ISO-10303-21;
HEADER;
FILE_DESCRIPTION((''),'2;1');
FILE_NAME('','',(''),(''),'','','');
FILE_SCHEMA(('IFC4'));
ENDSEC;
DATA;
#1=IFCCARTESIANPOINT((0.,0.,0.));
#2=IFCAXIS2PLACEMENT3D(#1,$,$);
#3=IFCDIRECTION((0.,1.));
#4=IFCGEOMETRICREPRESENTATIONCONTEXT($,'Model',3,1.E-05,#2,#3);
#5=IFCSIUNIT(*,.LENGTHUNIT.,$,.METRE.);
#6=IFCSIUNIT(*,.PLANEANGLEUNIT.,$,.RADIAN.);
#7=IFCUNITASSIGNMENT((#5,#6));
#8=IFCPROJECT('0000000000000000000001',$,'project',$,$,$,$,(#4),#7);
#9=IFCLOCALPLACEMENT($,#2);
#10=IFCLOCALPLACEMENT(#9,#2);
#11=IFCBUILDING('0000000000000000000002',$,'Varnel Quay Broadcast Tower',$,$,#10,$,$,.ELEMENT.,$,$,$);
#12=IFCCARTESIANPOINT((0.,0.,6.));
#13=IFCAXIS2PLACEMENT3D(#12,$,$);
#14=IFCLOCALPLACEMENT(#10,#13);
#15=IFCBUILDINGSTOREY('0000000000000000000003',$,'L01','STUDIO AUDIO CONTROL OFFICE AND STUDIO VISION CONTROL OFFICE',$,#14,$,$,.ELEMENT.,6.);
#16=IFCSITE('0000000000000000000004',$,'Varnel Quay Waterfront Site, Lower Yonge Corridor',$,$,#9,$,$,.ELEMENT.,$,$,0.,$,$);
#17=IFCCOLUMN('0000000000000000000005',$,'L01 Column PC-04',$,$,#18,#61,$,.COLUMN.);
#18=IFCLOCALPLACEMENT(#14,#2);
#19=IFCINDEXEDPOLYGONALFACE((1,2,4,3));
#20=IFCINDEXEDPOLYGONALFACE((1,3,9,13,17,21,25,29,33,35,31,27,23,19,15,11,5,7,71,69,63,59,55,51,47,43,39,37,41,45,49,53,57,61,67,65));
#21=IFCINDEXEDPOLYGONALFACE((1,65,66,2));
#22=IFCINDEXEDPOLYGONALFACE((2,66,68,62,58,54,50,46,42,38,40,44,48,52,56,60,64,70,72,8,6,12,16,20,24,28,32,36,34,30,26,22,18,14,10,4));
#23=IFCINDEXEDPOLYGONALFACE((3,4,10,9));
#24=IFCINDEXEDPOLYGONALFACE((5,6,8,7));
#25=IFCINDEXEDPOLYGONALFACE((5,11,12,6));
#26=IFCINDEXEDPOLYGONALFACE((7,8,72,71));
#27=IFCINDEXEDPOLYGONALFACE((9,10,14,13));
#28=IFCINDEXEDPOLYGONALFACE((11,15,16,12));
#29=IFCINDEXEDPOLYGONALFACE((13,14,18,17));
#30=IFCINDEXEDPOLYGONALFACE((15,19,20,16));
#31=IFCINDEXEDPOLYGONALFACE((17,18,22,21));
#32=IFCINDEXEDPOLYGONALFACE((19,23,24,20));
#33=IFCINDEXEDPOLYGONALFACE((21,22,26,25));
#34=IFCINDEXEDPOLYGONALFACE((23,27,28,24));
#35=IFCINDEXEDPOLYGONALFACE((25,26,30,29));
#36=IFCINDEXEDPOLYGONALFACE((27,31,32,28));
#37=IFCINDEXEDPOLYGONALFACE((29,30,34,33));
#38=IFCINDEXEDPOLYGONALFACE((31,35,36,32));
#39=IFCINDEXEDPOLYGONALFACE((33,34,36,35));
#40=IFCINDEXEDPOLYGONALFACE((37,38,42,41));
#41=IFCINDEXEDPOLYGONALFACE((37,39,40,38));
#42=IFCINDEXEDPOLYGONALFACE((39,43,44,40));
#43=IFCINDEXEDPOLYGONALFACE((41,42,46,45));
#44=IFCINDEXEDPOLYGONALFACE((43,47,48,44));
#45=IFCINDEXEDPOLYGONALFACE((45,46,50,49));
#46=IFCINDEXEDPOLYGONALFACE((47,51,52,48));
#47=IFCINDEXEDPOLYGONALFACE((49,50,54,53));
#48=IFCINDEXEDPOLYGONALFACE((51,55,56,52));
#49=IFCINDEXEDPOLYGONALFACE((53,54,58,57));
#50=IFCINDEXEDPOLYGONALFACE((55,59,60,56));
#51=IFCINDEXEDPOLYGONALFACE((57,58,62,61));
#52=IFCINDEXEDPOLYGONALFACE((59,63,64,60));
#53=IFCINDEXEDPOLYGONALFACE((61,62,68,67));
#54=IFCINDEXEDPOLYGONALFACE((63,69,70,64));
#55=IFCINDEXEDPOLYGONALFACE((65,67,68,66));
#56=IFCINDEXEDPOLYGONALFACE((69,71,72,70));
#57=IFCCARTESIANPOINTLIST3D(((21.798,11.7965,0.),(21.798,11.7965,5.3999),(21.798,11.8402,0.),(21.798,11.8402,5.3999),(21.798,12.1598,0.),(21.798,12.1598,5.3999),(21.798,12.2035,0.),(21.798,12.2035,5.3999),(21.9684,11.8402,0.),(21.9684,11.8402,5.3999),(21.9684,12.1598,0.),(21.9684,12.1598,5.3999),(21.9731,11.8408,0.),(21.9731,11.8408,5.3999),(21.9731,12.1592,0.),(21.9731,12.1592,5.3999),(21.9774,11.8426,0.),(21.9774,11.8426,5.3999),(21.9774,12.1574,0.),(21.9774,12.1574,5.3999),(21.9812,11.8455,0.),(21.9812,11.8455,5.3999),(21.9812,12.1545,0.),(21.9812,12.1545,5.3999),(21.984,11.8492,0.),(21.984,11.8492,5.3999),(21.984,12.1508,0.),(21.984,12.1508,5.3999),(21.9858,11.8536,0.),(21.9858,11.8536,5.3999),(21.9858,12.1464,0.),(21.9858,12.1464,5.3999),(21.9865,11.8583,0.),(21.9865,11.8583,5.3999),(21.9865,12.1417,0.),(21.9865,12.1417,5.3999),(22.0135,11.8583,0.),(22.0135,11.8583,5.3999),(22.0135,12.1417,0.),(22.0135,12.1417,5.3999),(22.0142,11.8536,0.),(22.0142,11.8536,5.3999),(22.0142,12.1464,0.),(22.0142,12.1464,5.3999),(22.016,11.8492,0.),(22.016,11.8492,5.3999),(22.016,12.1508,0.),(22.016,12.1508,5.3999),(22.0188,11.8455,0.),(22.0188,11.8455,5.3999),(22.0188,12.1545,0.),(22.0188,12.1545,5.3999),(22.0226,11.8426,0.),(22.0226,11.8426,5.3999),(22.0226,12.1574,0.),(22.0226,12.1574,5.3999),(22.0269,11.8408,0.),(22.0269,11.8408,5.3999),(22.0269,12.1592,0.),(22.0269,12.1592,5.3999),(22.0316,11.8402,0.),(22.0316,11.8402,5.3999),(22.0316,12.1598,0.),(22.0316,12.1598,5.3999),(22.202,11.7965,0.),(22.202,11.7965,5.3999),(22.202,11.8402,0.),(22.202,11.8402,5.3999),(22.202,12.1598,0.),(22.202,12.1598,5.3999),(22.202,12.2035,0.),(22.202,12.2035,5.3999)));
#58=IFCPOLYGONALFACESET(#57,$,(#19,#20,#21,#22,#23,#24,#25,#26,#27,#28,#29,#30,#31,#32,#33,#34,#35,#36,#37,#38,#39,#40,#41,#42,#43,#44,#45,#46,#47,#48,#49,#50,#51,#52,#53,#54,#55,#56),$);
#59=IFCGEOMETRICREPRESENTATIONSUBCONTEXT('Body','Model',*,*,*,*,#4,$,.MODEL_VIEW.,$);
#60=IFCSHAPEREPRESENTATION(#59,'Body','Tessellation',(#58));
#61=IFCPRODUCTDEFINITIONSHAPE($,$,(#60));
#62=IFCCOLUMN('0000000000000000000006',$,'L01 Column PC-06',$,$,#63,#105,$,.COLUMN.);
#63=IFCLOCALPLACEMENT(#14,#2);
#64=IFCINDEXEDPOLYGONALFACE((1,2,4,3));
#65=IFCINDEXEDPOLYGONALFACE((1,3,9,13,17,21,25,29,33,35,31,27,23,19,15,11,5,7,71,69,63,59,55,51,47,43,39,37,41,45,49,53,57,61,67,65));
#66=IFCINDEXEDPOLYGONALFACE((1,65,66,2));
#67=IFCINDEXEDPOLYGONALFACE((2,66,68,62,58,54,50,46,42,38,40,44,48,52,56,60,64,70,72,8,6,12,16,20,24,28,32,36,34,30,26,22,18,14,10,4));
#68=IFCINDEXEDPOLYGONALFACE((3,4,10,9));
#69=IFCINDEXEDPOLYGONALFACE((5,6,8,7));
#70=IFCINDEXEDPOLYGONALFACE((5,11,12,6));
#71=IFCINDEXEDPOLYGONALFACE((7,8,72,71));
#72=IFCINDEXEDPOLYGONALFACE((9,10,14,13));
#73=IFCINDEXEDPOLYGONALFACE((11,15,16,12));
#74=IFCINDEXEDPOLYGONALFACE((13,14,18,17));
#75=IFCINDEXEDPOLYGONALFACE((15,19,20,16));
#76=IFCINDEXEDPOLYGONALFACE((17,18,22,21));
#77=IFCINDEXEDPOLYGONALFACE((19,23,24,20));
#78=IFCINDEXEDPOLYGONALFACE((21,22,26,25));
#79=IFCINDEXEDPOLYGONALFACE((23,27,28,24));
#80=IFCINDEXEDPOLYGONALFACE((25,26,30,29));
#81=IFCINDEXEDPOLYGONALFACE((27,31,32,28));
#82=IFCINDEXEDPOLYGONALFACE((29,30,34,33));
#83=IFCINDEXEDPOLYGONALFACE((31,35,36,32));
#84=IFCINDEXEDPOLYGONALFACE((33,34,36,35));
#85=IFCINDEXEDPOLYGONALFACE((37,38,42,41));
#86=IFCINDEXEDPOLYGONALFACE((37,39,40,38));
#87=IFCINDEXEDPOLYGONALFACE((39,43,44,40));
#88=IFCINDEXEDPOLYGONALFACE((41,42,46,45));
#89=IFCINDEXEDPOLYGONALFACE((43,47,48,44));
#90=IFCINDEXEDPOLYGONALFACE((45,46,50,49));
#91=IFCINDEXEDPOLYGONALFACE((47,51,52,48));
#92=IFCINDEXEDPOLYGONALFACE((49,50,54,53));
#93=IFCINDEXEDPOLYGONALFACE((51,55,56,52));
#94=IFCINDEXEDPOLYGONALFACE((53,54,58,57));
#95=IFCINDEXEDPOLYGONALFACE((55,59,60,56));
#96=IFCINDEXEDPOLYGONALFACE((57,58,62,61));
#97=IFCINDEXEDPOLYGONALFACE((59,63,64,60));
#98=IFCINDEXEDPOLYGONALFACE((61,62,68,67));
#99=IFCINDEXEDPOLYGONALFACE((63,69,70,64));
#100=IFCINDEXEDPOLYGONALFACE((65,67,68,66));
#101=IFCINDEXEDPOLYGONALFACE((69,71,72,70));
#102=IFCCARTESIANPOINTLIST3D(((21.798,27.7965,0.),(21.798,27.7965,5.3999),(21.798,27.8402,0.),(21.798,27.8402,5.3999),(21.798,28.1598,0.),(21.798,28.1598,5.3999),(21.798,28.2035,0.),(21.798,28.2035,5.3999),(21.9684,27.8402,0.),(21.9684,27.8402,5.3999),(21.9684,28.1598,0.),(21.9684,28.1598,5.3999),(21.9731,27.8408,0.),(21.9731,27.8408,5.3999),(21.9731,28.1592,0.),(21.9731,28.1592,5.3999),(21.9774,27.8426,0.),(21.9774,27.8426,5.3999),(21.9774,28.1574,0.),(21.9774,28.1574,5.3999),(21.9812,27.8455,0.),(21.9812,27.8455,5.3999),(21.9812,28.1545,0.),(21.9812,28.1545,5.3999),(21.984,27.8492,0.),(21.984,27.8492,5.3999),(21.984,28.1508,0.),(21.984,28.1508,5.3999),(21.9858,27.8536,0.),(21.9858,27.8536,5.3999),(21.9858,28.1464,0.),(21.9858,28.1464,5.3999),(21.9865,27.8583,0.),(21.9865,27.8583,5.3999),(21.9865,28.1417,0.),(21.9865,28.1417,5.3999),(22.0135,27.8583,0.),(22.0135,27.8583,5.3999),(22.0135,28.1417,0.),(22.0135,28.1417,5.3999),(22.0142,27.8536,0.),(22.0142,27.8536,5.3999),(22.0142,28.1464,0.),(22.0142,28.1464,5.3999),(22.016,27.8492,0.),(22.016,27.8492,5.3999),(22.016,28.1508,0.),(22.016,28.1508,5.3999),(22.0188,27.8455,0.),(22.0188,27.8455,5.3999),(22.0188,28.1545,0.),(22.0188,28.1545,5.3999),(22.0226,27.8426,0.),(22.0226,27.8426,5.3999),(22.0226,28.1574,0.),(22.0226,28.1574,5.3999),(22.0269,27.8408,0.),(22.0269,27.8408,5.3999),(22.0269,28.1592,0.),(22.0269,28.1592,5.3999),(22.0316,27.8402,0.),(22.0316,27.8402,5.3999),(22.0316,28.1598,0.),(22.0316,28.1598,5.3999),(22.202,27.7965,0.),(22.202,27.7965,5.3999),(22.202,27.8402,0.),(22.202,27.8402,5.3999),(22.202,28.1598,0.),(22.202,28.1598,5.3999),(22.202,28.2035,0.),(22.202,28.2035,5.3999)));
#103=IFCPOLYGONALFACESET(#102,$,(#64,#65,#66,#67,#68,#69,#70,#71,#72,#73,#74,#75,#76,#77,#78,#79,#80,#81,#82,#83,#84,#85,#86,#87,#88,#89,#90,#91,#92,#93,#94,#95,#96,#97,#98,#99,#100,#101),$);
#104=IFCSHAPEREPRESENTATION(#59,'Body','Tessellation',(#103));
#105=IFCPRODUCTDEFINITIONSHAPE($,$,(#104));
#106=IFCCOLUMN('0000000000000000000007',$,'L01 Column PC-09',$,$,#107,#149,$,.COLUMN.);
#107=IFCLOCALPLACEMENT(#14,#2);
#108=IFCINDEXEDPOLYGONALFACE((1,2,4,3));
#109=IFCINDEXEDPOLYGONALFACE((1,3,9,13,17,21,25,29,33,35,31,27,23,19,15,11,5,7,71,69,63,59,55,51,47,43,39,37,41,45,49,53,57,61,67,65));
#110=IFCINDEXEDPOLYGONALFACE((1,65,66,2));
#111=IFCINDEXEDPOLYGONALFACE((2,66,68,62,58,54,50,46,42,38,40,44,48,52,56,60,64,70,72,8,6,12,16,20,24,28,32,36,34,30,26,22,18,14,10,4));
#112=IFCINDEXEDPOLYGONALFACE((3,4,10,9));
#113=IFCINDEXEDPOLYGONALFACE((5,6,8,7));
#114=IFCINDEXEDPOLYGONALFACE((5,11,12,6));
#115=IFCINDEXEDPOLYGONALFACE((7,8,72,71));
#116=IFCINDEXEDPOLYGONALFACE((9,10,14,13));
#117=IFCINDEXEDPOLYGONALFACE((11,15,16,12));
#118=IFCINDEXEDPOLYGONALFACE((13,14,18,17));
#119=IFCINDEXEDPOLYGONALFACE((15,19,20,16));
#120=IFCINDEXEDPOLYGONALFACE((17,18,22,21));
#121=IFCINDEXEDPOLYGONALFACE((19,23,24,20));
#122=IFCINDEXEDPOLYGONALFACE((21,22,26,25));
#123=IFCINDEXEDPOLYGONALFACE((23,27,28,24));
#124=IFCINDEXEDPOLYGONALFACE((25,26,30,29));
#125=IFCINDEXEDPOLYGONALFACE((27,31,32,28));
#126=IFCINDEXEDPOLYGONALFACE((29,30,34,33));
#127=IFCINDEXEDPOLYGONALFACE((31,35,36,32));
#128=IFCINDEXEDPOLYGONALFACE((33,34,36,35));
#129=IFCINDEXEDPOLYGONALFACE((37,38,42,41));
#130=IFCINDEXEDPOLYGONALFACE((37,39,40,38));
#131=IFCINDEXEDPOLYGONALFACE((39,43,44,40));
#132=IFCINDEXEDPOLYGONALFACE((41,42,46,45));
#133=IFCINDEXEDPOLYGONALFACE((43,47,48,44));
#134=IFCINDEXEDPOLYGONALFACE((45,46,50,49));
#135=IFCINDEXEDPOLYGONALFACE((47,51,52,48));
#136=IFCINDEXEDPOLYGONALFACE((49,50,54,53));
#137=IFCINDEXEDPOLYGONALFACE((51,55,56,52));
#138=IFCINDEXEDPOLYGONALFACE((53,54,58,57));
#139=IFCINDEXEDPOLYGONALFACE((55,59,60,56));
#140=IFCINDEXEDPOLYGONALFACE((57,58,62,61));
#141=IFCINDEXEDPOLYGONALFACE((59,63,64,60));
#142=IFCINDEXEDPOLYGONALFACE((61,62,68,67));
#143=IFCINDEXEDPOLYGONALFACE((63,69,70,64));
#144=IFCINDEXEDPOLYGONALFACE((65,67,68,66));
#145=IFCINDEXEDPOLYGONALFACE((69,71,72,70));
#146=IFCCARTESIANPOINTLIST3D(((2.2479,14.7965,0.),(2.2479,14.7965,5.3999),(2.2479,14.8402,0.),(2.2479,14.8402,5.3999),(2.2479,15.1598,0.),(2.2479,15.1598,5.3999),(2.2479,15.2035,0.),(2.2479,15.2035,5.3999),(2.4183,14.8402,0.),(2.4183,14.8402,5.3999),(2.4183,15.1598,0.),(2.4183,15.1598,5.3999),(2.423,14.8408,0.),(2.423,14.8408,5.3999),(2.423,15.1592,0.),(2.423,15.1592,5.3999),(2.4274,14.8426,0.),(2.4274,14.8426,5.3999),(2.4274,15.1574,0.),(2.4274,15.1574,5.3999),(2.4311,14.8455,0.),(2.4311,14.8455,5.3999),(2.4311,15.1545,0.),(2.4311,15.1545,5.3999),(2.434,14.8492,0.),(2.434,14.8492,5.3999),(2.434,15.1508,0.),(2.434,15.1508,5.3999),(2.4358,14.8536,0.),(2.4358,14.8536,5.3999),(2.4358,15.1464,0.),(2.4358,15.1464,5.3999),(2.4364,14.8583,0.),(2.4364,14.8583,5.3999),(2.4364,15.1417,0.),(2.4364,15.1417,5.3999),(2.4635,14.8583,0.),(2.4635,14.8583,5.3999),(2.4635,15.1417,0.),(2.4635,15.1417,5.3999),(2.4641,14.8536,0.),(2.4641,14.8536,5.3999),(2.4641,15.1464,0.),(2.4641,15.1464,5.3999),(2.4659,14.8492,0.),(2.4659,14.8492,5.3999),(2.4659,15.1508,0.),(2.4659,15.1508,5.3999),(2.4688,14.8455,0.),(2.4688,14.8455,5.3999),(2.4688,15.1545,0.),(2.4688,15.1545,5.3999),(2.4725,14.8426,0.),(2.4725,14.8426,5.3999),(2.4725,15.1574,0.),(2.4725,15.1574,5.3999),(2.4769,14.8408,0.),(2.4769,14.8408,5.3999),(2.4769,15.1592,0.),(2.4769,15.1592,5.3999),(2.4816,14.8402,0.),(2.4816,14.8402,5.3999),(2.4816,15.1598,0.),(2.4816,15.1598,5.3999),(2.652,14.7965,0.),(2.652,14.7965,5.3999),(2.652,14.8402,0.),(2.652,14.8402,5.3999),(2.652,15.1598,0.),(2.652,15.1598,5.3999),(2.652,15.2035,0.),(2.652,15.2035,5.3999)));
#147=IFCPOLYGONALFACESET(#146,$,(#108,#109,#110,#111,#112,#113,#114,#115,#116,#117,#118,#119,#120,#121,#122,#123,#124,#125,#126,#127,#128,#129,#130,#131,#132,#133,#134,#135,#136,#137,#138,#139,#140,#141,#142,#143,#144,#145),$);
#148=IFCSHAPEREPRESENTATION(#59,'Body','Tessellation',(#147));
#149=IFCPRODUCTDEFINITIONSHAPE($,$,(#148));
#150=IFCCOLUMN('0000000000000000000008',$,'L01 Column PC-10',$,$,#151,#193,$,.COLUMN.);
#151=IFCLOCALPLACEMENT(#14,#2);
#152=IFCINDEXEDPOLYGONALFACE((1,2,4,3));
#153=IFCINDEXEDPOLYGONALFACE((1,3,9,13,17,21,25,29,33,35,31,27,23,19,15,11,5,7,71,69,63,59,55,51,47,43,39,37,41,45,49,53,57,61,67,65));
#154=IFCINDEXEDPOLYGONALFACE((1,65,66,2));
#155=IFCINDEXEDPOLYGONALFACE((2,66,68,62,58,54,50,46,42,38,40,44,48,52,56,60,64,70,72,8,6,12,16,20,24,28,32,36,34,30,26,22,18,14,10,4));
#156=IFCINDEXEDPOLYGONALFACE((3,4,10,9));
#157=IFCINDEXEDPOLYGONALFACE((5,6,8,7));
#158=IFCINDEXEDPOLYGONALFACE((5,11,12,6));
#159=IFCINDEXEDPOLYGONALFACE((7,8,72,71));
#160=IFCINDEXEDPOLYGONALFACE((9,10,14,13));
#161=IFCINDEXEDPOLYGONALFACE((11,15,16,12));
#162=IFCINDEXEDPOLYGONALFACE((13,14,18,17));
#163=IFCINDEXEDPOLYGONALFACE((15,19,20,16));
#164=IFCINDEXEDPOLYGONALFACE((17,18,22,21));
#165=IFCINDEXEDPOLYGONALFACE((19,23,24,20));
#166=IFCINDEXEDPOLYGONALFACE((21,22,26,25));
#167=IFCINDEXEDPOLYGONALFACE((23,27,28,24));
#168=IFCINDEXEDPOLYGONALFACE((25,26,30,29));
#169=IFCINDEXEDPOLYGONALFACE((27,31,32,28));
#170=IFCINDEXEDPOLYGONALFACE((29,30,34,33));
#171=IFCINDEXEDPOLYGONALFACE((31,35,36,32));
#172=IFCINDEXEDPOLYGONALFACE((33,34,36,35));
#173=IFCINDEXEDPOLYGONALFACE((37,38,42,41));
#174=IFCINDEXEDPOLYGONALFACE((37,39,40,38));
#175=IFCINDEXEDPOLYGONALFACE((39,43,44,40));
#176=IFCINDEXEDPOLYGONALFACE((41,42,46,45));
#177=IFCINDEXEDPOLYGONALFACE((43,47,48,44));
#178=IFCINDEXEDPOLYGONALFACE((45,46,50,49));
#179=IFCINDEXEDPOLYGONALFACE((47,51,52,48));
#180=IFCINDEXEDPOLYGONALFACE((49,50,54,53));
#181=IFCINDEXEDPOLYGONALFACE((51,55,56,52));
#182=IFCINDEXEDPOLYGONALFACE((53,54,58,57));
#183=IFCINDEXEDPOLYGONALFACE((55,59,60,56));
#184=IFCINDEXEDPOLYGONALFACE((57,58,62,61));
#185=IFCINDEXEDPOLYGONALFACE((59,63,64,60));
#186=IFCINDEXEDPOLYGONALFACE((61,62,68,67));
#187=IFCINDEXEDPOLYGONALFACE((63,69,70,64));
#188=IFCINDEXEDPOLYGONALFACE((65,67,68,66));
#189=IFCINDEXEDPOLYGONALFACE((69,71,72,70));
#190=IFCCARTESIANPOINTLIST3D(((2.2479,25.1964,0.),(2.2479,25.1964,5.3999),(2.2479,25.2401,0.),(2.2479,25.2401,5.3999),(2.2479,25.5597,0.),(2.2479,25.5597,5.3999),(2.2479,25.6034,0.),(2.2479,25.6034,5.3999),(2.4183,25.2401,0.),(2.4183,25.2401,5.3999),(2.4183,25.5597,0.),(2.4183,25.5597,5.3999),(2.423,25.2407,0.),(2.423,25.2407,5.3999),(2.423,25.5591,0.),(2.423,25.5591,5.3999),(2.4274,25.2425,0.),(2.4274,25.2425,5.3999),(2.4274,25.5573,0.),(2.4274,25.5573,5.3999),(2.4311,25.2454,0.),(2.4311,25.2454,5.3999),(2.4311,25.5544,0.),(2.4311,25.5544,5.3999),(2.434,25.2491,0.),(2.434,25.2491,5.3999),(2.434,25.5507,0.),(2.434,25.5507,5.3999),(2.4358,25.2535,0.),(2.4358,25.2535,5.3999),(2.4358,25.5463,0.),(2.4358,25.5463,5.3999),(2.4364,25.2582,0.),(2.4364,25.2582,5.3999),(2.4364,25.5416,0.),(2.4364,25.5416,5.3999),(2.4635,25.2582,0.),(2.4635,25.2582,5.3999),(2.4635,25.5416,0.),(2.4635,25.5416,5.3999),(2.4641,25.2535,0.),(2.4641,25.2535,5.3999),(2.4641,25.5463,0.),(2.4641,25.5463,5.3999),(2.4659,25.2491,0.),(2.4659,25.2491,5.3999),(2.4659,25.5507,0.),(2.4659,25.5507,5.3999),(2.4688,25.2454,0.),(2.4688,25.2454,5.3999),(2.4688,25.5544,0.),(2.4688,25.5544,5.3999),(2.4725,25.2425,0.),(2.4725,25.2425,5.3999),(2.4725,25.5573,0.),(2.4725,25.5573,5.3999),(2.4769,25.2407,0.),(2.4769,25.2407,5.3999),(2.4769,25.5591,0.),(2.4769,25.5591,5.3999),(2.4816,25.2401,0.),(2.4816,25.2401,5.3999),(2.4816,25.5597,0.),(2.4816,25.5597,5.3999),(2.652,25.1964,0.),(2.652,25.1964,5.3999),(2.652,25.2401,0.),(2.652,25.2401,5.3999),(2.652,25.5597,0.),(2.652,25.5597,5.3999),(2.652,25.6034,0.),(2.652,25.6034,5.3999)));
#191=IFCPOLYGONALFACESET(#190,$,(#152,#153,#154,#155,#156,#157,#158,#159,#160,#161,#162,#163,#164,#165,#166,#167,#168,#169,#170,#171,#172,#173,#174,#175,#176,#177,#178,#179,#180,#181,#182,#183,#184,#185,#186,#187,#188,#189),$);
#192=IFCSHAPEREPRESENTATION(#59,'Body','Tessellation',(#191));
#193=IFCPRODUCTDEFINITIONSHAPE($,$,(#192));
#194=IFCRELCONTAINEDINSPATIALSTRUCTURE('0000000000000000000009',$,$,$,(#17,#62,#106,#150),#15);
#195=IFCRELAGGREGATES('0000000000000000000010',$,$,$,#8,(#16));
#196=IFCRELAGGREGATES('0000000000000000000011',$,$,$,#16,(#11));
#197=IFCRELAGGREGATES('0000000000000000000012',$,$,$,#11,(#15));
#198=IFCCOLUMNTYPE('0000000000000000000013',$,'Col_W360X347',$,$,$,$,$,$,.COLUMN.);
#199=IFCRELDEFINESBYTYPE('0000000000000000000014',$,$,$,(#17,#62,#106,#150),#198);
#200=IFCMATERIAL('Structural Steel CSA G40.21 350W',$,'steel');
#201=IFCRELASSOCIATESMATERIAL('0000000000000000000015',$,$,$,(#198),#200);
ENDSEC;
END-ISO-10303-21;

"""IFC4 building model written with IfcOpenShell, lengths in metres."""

from ifc_helpers import new_model, si_unit, direction, frame, origin, origin_2d, place, context, subcontext, project, spatial, i_section, extrude, source, transform, mapped, material, material_profile, profile_set, type_object, type_shapes, element, save


model = new_model("IFC4")

# Units and contexts
model_context = context("Model", 3, precision=1e-05, world=origin(), true_north=direction((0.0, 1.0)))
body_context = subcontext(model_context, "Body", "Model", "MODEL_VIEW")
ifc_project = project(units=[si_unit("LENGTHUNIT", "METRE"), si_unit("PLANEANGLEUNIT", "RADIAN")], contexts=[model_context])

# Site, building, storey
site_placement = place(None, origin())
site = spatial("IfcSite", under=ifc_project, at=site_placement, Name="Varnel Quay Waterfront Site, Lower Yonge Corridor", CompositionType="ELEMENT", RefElevation=0.0)
building_placement = place(site_placement, origin())
building = spatial("IfcBuilding", under=site, at=building_placement, Name="Varnel Quay Broadcast Tower", CompositionType="ELEMENT")
storey_placement = place(building_placement, frame((0.0, 0.0, 6.0)))
storey = spatial("IfcBuildingStorey", under=building, at=storey_placement, Name="L01", Description="STUDIO AUDIO CONTROL OFFICE AND STUDIO VISION CONTROL OFFICE", CompositionType="ELEMENT", Elevation=6.0)

# Columns
ifc_material_1 = material(Name="Structural Steel CSA G40.21 350W", Category="steel")
ifc_material_profile_1 = material_profile(ifc_material_1, i_section(OverallWidth=0.4041, OverallDepth=0.407, WebThickness=0.0271, FlangeThickness=0.0437, FilletRadius=0.0181, at=origin_2d()), Name="W360X347")
ifc_profile_set_1 = profile_set([ifc_material_profile_1], Name="Structural Steel CSA G40.21 350W")
column_type = type_object("IfcColumnType", Name="Col_W360X347", PredefinedType="COLUMN", material=ifc_profile_set_1)
shared_shape_1 = source(origin(), body_context, "Body", "SweptSolid", [
    extrude(i_section(OverallWidth=0.4041, OverallDepth=0.407, WebThickness=0.0271, FlangeThickness=0.0437, FilletRadius=0.0181, at=origin_2d()), origin(), (0.0, 0.0, 1.0), 5.3999),
])
type_shapes(column_type, [shared_shape_1])
for number, where, z_axis, x_axis, name in (
    (1, (22.0, 12.0, 0.0), (0.0, 0.0, 1.0), (1.0, 0.0, 0.0), "L01 Column PC-04"),
    (2, (22.0, 28.0, 0.0), (0.0, 0.0, 1.0), (1.0, 0.0, 0.0), "L01 Column PC-06"),
    (3, (2.45, 15.0, 0.0), (0.0, 0.0, 1.0), (1.0, 0.0, 0.0), "L01 Column PC-09"),
    (4, (2.45, 25.3999, 0.0), (0.0, 0.0, 1.0), (1.0, 0.0, 0.0), "L01 Column PC-10"),
):
    element("IfcColumn", number, at=place(storey_placement, frame(where, z_axis=z_axis, x_axis=x_axis)), inside=storey, type_object=column_type, Name=name, PredefinedType="COLUMN", context=body_context, shape_type="MappedRepresentation", body=[
        mapped(shared_shape_1, transform((0.0, 0.0, 0.0), x_axis=(1.0, 0.0, 0.0), y_axis=(0.0, 1.0, 0.0), z_axis=(0.0, 0.0, 1.0), scale=1.0)),
    ])

save(model, "model.ifc")
